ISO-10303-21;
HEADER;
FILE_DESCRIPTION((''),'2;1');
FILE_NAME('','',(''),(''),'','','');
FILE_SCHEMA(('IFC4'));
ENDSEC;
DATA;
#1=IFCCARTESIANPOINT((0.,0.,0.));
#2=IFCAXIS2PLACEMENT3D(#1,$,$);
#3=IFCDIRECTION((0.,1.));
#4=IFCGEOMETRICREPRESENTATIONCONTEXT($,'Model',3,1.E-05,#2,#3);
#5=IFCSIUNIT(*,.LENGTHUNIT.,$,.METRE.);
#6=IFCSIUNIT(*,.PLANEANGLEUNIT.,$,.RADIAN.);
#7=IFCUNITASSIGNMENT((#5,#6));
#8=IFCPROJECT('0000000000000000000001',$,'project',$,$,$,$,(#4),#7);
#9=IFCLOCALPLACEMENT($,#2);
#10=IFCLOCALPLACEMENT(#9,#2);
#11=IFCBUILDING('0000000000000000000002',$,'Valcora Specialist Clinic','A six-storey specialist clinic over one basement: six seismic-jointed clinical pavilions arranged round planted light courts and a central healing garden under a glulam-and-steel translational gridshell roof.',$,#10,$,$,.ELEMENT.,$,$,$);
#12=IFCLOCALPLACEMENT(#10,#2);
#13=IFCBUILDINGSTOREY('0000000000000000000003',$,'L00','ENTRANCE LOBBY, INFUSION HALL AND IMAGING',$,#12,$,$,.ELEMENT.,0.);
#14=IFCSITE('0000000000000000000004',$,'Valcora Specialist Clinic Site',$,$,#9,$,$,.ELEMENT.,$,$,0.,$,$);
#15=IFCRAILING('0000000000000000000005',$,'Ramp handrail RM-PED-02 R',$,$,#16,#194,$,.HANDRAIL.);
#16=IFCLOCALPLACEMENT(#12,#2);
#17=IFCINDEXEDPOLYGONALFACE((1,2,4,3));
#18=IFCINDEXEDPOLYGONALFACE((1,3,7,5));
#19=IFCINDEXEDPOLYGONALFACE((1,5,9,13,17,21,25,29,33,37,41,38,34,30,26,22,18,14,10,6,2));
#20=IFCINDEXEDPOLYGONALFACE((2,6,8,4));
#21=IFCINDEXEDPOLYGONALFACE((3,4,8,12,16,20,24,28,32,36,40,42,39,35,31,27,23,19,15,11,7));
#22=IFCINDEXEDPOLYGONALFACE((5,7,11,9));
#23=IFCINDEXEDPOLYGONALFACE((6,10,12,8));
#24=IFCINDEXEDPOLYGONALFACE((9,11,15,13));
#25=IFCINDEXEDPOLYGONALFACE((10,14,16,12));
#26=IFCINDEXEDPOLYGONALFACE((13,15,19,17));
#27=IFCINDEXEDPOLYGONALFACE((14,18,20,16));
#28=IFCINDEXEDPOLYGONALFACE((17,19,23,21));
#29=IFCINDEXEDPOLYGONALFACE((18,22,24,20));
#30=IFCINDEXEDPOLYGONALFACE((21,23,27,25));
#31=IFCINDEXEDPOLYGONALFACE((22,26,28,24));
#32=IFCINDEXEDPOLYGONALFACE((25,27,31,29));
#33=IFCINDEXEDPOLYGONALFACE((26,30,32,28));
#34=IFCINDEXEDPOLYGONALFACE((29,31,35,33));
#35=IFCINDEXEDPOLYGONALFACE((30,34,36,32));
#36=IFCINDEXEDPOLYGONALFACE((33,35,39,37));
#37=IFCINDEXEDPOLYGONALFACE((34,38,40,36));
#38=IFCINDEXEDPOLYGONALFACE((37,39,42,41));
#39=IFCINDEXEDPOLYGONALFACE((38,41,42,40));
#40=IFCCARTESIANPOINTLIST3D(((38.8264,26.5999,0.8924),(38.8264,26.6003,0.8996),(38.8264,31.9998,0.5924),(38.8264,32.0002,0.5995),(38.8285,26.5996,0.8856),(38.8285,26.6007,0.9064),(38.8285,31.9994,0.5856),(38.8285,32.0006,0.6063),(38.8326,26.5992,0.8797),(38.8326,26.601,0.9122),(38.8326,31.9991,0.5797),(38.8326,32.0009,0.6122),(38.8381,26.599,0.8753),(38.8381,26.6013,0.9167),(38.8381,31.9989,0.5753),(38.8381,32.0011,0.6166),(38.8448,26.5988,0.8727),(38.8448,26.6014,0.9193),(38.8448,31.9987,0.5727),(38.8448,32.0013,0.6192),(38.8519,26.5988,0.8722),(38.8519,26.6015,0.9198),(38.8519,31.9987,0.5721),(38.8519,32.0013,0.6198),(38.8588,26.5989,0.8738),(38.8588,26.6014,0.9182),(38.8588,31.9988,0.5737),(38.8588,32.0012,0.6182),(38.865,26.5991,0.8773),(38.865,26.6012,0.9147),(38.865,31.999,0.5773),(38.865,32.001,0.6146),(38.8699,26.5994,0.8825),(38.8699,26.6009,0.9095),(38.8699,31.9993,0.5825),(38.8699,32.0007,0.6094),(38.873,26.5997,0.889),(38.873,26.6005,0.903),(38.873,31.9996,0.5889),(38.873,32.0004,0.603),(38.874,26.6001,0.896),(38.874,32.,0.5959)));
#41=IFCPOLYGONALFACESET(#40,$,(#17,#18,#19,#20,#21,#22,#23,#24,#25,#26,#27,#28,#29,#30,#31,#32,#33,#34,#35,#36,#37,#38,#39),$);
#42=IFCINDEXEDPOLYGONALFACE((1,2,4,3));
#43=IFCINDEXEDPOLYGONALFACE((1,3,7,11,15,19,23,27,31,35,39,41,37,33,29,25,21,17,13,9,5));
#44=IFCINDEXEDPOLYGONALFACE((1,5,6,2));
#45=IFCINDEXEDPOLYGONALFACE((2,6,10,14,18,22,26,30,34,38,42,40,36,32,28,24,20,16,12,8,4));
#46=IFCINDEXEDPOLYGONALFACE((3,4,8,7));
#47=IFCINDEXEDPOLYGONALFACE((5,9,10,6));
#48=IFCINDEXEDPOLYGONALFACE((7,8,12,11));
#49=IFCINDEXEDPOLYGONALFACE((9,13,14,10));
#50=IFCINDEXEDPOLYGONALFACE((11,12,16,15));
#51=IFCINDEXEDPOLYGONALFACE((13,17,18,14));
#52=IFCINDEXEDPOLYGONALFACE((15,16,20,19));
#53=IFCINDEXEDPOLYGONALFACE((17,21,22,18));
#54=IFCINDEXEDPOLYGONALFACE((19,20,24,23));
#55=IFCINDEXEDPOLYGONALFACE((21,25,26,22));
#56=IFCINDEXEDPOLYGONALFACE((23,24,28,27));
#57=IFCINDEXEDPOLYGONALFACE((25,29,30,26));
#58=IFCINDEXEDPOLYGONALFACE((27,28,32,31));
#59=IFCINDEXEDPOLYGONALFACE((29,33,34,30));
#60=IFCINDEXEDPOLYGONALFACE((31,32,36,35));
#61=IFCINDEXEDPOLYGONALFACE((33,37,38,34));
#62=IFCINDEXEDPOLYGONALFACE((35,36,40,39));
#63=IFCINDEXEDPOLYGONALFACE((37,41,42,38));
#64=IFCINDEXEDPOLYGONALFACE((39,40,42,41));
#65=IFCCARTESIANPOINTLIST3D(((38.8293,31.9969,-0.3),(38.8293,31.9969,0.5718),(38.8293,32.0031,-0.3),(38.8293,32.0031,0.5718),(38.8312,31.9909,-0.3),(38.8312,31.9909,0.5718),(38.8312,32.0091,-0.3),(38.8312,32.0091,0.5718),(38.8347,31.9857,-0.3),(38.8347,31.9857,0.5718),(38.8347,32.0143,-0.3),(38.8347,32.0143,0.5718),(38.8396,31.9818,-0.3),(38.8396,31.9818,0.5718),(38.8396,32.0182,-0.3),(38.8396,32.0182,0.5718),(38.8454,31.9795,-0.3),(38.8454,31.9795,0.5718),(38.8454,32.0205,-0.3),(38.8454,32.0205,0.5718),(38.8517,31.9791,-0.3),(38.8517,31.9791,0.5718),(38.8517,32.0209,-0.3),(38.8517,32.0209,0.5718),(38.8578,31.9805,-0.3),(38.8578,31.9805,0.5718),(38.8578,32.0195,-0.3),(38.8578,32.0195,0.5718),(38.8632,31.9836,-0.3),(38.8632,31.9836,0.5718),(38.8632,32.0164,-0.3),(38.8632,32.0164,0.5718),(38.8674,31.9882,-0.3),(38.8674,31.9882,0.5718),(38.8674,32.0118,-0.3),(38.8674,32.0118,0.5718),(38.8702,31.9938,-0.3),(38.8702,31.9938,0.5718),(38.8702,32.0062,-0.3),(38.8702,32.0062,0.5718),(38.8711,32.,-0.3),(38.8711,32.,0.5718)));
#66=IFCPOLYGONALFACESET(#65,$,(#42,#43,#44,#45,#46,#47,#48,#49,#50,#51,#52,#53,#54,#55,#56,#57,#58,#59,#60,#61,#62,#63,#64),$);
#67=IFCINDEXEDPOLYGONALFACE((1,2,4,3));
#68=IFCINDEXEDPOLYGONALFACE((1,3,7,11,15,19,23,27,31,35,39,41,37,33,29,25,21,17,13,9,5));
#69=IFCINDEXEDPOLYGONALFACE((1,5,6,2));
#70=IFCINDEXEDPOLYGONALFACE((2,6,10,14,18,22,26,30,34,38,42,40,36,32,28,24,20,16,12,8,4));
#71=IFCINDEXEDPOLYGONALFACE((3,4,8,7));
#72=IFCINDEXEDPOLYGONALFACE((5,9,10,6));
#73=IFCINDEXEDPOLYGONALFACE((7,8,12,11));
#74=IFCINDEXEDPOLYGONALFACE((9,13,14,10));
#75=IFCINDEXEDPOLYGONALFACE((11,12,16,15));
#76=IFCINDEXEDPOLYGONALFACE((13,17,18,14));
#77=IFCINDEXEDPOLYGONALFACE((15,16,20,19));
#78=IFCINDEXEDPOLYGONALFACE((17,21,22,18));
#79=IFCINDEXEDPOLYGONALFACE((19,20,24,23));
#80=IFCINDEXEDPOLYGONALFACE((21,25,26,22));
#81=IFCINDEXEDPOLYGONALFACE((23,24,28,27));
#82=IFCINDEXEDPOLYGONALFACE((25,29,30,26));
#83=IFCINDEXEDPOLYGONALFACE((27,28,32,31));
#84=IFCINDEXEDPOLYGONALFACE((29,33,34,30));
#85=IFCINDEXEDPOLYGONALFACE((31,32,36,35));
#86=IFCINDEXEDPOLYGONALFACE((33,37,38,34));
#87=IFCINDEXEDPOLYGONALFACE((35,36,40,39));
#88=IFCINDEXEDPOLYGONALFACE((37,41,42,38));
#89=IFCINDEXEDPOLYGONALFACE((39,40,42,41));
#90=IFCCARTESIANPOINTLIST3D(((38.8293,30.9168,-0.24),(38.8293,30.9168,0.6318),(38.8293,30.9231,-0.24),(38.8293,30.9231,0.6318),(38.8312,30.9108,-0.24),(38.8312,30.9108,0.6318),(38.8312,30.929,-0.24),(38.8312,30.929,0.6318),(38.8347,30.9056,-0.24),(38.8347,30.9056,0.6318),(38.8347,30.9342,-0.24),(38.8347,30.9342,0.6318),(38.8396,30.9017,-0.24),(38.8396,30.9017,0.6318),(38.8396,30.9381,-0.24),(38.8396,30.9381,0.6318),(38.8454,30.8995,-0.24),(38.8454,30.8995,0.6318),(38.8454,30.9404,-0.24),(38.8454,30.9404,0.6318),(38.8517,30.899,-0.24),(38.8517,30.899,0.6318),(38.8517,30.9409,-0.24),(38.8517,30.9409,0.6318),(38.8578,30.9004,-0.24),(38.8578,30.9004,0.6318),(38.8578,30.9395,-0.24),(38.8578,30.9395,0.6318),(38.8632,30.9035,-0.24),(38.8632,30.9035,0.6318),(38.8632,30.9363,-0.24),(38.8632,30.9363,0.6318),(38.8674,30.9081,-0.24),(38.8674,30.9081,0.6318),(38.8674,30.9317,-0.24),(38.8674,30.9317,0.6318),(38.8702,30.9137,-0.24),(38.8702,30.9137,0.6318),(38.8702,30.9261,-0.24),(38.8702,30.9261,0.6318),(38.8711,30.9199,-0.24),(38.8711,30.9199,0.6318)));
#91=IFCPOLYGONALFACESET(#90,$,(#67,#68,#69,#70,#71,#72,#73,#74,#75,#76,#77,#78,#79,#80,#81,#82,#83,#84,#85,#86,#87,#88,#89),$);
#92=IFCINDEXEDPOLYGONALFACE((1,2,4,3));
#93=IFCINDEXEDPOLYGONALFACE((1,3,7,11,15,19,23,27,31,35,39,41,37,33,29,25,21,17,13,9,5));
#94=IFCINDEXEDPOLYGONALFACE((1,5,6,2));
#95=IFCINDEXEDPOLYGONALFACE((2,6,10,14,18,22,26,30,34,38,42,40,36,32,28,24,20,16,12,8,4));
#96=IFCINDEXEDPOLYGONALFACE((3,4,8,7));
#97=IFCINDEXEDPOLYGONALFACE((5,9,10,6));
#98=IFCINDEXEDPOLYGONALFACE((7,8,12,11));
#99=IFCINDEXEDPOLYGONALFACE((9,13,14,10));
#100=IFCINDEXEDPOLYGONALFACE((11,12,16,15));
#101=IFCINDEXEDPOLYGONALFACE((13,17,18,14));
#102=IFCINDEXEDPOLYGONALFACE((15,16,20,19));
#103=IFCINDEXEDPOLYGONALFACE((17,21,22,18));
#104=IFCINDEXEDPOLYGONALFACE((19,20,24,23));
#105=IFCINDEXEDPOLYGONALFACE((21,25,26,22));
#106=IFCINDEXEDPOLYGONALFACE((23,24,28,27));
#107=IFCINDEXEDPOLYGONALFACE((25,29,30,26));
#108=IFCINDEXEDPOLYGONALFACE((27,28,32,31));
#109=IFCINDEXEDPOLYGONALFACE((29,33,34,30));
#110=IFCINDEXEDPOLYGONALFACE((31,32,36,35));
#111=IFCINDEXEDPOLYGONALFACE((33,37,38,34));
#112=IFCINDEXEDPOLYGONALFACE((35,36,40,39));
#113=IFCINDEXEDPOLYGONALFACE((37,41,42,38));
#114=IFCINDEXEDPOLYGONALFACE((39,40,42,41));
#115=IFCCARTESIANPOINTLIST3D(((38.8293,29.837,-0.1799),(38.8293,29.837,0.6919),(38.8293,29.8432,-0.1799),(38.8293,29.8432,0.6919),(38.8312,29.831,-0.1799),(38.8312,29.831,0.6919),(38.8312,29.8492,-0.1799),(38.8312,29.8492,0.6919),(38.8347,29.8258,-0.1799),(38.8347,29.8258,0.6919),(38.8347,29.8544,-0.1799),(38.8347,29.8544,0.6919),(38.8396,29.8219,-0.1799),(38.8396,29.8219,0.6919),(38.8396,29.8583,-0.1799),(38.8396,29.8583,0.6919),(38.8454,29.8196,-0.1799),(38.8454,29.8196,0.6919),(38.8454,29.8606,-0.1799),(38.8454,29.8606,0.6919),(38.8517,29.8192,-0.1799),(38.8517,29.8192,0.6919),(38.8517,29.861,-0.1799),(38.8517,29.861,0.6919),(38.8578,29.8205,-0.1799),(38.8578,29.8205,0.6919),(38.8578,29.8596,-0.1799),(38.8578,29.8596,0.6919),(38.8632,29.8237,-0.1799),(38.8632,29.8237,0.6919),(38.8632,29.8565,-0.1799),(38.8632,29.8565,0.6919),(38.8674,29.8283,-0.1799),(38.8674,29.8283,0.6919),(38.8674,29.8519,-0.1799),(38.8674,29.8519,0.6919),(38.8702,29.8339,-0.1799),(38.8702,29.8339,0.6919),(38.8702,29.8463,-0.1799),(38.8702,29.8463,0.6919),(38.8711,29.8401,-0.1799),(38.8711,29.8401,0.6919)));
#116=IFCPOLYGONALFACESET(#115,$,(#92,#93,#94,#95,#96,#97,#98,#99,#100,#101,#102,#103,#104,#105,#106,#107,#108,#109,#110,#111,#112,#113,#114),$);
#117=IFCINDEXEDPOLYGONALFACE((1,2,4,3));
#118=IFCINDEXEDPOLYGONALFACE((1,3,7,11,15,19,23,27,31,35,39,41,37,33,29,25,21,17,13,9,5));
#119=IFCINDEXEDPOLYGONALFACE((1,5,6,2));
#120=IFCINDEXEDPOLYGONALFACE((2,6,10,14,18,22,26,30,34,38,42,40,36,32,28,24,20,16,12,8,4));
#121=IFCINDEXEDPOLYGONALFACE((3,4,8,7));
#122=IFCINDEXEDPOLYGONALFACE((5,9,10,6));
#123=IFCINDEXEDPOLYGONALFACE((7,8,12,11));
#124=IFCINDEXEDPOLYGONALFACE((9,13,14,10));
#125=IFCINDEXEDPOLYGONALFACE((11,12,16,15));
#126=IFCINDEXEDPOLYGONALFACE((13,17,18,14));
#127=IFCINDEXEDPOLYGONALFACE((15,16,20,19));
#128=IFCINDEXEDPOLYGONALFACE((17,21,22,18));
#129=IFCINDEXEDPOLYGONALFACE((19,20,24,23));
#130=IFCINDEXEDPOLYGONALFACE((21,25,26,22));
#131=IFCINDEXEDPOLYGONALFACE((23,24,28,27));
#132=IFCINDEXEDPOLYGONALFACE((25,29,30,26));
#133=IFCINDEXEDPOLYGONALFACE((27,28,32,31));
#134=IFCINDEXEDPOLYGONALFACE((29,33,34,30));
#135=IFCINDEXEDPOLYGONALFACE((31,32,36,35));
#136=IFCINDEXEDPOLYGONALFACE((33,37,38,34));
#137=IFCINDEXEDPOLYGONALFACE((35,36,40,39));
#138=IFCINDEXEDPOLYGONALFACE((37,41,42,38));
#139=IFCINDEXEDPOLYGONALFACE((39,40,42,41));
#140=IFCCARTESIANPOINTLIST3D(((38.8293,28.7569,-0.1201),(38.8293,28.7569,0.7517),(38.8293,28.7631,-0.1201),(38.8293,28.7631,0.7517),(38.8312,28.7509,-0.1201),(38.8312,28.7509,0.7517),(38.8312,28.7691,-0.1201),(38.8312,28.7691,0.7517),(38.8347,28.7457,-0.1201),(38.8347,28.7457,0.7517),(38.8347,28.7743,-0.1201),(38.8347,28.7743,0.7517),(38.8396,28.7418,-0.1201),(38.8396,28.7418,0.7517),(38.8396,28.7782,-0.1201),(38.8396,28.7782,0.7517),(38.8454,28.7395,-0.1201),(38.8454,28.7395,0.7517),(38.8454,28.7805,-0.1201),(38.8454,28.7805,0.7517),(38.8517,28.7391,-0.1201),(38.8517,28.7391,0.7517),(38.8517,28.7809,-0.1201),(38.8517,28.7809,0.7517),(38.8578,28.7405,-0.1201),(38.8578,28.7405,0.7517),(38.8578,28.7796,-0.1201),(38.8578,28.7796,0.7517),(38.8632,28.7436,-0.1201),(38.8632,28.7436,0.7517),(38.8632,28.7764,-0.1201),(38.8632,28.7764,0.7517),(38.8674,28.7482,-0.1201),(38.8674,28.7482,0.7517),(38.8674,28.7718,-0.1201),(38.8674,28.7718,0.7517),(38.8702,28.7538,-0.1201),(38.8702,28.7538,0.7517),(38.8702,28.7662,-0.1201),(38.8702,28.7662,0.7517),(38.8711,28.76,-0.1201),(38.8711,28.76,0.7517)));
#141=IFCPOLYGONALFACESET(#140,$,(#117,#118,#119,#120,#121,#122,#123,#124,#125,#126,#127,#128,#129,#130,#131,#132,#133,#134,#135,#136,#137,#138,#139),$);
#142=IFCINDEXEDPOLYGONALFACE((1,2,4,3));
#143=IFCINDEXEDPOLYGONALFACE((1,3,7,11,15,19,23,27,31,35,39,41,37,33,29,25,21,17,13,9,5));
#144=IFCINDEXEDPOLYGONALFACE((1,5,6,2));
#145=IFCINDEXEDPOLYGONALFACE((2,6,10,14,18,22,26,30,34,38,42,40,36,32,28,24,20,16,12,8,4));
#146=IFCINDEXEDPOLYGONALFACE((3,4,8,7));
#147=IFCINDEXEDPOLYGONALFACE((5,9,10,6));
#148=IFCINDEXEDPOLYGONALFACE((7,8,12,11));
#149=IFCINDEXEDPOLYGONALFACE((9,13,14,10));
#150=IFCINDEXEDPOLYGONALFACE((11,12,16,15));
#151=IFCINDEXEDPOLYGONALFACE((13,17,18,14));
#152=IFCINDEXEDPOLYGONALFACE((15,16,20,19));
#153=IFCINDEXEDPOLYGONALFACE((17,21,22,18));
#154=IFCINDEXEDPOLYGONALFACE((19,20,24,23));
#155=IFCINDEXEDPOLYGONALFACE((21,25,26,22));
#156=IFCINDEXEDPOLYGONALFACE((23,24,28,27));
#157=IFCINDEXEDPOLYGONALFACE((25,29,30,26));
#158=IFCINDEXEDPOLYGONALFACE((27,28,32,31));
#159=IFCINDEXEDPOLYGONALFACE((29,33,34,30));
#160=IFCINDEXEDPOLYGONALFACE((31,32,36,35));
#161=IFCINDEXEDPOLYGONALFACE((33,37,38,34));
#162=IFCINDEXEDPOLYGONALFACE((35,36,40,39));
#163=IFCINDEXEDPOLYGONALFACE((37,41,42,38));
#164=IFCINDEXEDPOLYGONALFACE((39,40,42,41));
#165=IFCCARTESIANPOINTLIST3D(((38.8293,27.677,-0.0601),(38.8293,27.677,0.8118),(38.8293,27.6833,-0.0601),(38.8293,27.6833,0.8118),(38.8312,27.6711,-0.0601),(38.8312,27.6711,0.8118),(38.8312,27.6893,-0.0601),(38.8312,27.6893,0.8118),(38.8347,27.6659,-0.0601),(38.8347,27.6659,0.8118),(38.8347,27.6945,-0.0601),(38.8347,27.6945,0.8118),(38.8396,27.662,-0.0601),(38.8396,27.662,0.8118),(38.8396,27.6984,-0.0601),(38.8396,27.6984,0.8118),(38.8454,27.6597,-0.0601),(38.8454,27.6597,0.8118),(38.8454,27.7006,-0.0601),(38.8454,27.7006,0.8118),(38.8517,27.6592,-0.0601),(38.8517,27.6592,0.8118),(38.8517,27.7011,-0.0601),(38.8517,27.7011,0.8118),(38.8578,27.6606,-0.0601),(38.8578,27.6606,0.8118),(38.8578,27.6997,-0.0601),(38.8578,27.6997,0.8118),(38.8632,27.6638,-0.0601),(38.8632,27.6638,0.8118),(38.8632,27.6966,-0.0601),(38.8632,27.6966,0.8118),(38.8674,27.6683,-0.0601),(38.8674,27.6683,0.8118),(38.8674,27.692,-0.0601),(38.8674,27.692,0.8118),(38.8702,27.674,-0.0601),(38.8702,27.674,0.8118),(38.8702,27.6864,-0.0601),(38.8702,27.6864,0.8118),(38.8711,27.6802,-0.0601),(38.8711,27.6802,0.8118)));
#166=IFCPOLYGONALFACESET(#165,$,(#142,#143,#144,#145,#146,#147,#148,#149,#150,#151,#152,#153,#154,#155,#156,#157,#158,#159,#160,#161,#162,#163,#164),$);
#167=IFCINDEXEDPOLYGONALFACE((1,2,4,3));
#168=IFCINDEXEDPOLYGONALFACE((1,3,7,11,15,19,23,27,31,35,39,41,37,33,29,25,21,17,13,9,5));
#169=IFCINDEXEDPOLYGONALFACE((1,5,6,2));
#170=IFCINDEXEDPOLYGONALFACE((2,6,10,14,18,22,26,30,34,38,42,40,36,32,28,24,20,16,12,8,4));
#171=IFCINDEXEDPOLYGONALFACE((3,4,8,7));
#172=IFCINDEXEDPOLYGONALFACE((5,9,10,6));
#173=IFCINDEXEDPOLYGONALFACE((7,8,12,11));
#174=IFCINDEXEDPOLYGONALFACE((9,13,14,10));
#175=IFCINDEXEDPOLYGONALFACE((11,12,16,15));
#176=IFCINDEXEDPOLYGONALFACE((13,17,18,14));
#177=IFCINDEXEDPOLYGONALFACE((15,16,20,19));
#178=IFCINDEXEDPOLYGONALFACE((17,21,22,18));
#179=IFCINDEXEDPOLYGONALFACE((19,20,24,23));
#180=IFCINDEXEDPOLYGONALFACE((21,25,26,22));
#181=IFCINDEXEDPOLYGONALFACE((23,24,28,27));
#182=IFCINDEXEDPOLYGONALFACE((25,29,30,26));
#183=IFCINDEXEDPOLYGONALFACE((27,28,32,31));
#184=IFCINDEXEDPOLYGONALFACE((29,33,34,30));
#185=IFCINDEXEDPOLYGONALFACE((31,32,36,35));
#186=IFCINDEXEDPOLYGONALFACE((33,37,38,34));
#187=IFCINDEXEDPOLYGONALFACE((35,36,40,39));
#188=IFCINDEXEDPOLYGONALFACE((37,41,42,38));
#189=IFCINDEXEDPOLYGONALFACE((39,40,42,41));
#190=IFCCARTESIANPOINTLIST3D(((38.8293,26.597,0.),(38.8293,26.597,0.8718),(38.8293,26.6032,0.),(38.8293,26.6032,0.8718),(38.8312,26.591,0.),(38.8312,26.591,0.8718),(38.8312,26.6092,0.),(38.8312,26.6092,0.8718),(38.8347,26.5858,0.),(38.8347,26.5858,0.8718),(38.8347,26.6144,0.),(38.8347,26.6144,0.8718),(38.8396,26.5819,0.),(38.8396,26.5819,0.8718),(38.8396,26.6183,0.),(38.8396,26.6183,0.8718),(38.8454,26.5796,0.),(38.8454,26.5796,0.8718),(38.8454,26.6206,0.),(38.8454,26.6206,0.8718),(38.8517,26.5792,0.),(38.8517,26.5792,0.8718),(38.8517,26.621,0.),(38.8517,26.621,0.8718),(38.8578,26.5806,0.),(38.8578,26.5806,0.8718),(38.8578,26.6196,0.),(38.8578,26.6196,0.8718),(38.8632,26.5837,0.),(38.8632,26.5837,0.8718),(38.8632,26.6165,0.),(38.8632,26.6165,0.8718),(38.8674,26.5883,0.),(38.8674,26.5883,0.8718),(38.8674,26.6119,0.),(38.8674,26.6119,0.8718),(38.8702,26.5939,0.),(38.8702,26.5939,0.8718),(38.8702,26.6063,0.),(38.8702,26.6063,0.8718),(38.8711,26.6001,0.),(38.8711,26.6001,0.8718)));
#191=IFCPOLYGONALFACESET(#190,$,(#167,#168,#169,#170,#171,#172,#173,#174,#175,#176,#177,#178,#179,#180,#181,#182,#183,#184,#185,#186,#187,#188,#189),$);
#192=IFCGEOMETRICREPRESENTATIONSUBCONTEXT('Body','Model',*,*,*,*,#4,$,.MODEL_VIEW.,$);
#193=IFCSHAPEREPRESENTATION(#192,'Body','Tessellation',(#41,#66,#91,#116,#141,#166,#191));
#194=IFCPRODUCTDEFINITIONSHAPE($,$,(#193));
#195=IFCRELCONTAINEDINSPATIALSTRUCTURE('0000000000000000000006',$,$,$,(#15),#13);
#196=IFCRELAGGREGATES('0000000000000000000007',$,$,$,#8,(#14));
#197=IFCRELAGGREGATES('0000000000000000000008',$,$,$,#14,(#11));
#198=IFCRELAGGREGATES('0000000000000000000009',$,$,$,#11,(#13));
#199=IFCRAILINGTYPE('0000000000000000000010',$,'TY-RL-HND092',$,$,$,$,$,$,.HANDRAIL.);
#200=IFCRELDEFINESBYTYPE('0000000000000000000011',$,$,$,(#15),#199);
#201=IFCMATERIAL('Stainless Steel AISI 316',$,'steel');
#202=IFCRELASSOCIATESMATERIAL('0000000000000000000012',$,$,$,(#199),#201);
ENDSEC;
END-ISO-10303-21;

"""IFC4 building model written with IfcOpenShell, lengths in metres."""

from ifc_helpers import new_model, si_unit, direction, frame, origin, origin_2d, place, context, subcontext, project, spatial, circle, extrude, material, type_object, element, save


model = new_model("IFC4")

# Units and contexts
model_context = context("Model", 3, precision=1e-05, world=origin(), true_north=direction((0.0, 1.0)))
body_context = subcontext(model_context, "Body", "Model", "MODEL_VIEW")
ifc_project = project(units=[si_unit("LENGTHUNIT", "METRE"), si_unit("PLANEANGLEUNIT", "RADIAN")], contexts=[model_context])

# Site, building, storey
site_placement = place(None, origin())
site = spatial("IfcSite", under=ifc_project, at=site_placement, Name="Valcora Specialist Clinic Site", CompositionType="ELEMENT", RefElevation=0.0)
building_placement = place(site_placement, origin())
building = spatial("IfcBuilding", under=site, at=building_placement, Name="Valcora Specialist Clinic", Description="A six-storey specialist clinic over one basement: six seismic-jointed clinical pavilions arranged round planted light courts and a central healing garden under a glulam-and-steel translational gridshell roof.", CompositionType="ELEMENT")
storey_placement = place(building_placement, origin())
storey = spatial("IfcBuildingStorey", under=building, at=storey_placement, Name="L00", Description="ENTRANCE LOBBY, INFUSION HALL AND IMAGING", CompositionType="ELEMENT", Elevation=0.0)

# Railing
ifc_material_1 = material(Name="Stainless Steel AISI 316", Category="steel")
railing_type = type_object("IfcRailingType", Name="TY-RL-HND092", PredefinedType="HANDRAIL", material=ifc_material_1)
for number, where, name in (
    (1, (38.8501, 32.0, -0.3), "Ramp handrail RM-PED-02 R"),
):
    element("IfcRailing", number, at=place(storey_placement, frame(where)), inside=storey, type_object=railing_type, Name=name, PredefinedType="HANDRAIL", context=body_context, shape_type="SweptSolid", body=[
        extrude(circle(Radius=0.0239, at=origin_2d()), frame((0.0, 0.0, 0.896), z_axis=(0.0, -0.99846, 0.05548), x_axis=(1.0, 0.0, 0.0)), (0.0, 0.0, 1.0), 5.4082),
        extrude(circle(Radius=0.021, at=origin_2d()), origin(), (0.0, 0.0, 1.0), 0.8718),
        extrude(circle(Radius=0.021, at=origin_2d()), frame((0.0, -1.0801, 0.0601)), (0.0, 0.0, 1.0), 0.8718),
        extrude(circle(Radius=0.021, at=origin_2d()), frame((0.0, -2.1599, 0.1201)), (0.0, 0.0, 1.0), 0.8718),
        extrude(circle(Radius=0.021, at=origin_2d()), frame((0.0, -3.24, 0.1799)), (0.0, 0.0, 1.0), 0.8718),
        extrude(circle(Radius=0.021, at=origin_2d()), frame((0.0, -4.3198, 0.24)), (0.0, 0.0, 1.0), 0.8718),
        extrude(circle(Radius=0.021, at=origin_2d()), frame((0.0, -5.3999, 0.3)), (0.0, 0.0, 1.0), 0.8718),
    ])

save(model, "model.ifc")
